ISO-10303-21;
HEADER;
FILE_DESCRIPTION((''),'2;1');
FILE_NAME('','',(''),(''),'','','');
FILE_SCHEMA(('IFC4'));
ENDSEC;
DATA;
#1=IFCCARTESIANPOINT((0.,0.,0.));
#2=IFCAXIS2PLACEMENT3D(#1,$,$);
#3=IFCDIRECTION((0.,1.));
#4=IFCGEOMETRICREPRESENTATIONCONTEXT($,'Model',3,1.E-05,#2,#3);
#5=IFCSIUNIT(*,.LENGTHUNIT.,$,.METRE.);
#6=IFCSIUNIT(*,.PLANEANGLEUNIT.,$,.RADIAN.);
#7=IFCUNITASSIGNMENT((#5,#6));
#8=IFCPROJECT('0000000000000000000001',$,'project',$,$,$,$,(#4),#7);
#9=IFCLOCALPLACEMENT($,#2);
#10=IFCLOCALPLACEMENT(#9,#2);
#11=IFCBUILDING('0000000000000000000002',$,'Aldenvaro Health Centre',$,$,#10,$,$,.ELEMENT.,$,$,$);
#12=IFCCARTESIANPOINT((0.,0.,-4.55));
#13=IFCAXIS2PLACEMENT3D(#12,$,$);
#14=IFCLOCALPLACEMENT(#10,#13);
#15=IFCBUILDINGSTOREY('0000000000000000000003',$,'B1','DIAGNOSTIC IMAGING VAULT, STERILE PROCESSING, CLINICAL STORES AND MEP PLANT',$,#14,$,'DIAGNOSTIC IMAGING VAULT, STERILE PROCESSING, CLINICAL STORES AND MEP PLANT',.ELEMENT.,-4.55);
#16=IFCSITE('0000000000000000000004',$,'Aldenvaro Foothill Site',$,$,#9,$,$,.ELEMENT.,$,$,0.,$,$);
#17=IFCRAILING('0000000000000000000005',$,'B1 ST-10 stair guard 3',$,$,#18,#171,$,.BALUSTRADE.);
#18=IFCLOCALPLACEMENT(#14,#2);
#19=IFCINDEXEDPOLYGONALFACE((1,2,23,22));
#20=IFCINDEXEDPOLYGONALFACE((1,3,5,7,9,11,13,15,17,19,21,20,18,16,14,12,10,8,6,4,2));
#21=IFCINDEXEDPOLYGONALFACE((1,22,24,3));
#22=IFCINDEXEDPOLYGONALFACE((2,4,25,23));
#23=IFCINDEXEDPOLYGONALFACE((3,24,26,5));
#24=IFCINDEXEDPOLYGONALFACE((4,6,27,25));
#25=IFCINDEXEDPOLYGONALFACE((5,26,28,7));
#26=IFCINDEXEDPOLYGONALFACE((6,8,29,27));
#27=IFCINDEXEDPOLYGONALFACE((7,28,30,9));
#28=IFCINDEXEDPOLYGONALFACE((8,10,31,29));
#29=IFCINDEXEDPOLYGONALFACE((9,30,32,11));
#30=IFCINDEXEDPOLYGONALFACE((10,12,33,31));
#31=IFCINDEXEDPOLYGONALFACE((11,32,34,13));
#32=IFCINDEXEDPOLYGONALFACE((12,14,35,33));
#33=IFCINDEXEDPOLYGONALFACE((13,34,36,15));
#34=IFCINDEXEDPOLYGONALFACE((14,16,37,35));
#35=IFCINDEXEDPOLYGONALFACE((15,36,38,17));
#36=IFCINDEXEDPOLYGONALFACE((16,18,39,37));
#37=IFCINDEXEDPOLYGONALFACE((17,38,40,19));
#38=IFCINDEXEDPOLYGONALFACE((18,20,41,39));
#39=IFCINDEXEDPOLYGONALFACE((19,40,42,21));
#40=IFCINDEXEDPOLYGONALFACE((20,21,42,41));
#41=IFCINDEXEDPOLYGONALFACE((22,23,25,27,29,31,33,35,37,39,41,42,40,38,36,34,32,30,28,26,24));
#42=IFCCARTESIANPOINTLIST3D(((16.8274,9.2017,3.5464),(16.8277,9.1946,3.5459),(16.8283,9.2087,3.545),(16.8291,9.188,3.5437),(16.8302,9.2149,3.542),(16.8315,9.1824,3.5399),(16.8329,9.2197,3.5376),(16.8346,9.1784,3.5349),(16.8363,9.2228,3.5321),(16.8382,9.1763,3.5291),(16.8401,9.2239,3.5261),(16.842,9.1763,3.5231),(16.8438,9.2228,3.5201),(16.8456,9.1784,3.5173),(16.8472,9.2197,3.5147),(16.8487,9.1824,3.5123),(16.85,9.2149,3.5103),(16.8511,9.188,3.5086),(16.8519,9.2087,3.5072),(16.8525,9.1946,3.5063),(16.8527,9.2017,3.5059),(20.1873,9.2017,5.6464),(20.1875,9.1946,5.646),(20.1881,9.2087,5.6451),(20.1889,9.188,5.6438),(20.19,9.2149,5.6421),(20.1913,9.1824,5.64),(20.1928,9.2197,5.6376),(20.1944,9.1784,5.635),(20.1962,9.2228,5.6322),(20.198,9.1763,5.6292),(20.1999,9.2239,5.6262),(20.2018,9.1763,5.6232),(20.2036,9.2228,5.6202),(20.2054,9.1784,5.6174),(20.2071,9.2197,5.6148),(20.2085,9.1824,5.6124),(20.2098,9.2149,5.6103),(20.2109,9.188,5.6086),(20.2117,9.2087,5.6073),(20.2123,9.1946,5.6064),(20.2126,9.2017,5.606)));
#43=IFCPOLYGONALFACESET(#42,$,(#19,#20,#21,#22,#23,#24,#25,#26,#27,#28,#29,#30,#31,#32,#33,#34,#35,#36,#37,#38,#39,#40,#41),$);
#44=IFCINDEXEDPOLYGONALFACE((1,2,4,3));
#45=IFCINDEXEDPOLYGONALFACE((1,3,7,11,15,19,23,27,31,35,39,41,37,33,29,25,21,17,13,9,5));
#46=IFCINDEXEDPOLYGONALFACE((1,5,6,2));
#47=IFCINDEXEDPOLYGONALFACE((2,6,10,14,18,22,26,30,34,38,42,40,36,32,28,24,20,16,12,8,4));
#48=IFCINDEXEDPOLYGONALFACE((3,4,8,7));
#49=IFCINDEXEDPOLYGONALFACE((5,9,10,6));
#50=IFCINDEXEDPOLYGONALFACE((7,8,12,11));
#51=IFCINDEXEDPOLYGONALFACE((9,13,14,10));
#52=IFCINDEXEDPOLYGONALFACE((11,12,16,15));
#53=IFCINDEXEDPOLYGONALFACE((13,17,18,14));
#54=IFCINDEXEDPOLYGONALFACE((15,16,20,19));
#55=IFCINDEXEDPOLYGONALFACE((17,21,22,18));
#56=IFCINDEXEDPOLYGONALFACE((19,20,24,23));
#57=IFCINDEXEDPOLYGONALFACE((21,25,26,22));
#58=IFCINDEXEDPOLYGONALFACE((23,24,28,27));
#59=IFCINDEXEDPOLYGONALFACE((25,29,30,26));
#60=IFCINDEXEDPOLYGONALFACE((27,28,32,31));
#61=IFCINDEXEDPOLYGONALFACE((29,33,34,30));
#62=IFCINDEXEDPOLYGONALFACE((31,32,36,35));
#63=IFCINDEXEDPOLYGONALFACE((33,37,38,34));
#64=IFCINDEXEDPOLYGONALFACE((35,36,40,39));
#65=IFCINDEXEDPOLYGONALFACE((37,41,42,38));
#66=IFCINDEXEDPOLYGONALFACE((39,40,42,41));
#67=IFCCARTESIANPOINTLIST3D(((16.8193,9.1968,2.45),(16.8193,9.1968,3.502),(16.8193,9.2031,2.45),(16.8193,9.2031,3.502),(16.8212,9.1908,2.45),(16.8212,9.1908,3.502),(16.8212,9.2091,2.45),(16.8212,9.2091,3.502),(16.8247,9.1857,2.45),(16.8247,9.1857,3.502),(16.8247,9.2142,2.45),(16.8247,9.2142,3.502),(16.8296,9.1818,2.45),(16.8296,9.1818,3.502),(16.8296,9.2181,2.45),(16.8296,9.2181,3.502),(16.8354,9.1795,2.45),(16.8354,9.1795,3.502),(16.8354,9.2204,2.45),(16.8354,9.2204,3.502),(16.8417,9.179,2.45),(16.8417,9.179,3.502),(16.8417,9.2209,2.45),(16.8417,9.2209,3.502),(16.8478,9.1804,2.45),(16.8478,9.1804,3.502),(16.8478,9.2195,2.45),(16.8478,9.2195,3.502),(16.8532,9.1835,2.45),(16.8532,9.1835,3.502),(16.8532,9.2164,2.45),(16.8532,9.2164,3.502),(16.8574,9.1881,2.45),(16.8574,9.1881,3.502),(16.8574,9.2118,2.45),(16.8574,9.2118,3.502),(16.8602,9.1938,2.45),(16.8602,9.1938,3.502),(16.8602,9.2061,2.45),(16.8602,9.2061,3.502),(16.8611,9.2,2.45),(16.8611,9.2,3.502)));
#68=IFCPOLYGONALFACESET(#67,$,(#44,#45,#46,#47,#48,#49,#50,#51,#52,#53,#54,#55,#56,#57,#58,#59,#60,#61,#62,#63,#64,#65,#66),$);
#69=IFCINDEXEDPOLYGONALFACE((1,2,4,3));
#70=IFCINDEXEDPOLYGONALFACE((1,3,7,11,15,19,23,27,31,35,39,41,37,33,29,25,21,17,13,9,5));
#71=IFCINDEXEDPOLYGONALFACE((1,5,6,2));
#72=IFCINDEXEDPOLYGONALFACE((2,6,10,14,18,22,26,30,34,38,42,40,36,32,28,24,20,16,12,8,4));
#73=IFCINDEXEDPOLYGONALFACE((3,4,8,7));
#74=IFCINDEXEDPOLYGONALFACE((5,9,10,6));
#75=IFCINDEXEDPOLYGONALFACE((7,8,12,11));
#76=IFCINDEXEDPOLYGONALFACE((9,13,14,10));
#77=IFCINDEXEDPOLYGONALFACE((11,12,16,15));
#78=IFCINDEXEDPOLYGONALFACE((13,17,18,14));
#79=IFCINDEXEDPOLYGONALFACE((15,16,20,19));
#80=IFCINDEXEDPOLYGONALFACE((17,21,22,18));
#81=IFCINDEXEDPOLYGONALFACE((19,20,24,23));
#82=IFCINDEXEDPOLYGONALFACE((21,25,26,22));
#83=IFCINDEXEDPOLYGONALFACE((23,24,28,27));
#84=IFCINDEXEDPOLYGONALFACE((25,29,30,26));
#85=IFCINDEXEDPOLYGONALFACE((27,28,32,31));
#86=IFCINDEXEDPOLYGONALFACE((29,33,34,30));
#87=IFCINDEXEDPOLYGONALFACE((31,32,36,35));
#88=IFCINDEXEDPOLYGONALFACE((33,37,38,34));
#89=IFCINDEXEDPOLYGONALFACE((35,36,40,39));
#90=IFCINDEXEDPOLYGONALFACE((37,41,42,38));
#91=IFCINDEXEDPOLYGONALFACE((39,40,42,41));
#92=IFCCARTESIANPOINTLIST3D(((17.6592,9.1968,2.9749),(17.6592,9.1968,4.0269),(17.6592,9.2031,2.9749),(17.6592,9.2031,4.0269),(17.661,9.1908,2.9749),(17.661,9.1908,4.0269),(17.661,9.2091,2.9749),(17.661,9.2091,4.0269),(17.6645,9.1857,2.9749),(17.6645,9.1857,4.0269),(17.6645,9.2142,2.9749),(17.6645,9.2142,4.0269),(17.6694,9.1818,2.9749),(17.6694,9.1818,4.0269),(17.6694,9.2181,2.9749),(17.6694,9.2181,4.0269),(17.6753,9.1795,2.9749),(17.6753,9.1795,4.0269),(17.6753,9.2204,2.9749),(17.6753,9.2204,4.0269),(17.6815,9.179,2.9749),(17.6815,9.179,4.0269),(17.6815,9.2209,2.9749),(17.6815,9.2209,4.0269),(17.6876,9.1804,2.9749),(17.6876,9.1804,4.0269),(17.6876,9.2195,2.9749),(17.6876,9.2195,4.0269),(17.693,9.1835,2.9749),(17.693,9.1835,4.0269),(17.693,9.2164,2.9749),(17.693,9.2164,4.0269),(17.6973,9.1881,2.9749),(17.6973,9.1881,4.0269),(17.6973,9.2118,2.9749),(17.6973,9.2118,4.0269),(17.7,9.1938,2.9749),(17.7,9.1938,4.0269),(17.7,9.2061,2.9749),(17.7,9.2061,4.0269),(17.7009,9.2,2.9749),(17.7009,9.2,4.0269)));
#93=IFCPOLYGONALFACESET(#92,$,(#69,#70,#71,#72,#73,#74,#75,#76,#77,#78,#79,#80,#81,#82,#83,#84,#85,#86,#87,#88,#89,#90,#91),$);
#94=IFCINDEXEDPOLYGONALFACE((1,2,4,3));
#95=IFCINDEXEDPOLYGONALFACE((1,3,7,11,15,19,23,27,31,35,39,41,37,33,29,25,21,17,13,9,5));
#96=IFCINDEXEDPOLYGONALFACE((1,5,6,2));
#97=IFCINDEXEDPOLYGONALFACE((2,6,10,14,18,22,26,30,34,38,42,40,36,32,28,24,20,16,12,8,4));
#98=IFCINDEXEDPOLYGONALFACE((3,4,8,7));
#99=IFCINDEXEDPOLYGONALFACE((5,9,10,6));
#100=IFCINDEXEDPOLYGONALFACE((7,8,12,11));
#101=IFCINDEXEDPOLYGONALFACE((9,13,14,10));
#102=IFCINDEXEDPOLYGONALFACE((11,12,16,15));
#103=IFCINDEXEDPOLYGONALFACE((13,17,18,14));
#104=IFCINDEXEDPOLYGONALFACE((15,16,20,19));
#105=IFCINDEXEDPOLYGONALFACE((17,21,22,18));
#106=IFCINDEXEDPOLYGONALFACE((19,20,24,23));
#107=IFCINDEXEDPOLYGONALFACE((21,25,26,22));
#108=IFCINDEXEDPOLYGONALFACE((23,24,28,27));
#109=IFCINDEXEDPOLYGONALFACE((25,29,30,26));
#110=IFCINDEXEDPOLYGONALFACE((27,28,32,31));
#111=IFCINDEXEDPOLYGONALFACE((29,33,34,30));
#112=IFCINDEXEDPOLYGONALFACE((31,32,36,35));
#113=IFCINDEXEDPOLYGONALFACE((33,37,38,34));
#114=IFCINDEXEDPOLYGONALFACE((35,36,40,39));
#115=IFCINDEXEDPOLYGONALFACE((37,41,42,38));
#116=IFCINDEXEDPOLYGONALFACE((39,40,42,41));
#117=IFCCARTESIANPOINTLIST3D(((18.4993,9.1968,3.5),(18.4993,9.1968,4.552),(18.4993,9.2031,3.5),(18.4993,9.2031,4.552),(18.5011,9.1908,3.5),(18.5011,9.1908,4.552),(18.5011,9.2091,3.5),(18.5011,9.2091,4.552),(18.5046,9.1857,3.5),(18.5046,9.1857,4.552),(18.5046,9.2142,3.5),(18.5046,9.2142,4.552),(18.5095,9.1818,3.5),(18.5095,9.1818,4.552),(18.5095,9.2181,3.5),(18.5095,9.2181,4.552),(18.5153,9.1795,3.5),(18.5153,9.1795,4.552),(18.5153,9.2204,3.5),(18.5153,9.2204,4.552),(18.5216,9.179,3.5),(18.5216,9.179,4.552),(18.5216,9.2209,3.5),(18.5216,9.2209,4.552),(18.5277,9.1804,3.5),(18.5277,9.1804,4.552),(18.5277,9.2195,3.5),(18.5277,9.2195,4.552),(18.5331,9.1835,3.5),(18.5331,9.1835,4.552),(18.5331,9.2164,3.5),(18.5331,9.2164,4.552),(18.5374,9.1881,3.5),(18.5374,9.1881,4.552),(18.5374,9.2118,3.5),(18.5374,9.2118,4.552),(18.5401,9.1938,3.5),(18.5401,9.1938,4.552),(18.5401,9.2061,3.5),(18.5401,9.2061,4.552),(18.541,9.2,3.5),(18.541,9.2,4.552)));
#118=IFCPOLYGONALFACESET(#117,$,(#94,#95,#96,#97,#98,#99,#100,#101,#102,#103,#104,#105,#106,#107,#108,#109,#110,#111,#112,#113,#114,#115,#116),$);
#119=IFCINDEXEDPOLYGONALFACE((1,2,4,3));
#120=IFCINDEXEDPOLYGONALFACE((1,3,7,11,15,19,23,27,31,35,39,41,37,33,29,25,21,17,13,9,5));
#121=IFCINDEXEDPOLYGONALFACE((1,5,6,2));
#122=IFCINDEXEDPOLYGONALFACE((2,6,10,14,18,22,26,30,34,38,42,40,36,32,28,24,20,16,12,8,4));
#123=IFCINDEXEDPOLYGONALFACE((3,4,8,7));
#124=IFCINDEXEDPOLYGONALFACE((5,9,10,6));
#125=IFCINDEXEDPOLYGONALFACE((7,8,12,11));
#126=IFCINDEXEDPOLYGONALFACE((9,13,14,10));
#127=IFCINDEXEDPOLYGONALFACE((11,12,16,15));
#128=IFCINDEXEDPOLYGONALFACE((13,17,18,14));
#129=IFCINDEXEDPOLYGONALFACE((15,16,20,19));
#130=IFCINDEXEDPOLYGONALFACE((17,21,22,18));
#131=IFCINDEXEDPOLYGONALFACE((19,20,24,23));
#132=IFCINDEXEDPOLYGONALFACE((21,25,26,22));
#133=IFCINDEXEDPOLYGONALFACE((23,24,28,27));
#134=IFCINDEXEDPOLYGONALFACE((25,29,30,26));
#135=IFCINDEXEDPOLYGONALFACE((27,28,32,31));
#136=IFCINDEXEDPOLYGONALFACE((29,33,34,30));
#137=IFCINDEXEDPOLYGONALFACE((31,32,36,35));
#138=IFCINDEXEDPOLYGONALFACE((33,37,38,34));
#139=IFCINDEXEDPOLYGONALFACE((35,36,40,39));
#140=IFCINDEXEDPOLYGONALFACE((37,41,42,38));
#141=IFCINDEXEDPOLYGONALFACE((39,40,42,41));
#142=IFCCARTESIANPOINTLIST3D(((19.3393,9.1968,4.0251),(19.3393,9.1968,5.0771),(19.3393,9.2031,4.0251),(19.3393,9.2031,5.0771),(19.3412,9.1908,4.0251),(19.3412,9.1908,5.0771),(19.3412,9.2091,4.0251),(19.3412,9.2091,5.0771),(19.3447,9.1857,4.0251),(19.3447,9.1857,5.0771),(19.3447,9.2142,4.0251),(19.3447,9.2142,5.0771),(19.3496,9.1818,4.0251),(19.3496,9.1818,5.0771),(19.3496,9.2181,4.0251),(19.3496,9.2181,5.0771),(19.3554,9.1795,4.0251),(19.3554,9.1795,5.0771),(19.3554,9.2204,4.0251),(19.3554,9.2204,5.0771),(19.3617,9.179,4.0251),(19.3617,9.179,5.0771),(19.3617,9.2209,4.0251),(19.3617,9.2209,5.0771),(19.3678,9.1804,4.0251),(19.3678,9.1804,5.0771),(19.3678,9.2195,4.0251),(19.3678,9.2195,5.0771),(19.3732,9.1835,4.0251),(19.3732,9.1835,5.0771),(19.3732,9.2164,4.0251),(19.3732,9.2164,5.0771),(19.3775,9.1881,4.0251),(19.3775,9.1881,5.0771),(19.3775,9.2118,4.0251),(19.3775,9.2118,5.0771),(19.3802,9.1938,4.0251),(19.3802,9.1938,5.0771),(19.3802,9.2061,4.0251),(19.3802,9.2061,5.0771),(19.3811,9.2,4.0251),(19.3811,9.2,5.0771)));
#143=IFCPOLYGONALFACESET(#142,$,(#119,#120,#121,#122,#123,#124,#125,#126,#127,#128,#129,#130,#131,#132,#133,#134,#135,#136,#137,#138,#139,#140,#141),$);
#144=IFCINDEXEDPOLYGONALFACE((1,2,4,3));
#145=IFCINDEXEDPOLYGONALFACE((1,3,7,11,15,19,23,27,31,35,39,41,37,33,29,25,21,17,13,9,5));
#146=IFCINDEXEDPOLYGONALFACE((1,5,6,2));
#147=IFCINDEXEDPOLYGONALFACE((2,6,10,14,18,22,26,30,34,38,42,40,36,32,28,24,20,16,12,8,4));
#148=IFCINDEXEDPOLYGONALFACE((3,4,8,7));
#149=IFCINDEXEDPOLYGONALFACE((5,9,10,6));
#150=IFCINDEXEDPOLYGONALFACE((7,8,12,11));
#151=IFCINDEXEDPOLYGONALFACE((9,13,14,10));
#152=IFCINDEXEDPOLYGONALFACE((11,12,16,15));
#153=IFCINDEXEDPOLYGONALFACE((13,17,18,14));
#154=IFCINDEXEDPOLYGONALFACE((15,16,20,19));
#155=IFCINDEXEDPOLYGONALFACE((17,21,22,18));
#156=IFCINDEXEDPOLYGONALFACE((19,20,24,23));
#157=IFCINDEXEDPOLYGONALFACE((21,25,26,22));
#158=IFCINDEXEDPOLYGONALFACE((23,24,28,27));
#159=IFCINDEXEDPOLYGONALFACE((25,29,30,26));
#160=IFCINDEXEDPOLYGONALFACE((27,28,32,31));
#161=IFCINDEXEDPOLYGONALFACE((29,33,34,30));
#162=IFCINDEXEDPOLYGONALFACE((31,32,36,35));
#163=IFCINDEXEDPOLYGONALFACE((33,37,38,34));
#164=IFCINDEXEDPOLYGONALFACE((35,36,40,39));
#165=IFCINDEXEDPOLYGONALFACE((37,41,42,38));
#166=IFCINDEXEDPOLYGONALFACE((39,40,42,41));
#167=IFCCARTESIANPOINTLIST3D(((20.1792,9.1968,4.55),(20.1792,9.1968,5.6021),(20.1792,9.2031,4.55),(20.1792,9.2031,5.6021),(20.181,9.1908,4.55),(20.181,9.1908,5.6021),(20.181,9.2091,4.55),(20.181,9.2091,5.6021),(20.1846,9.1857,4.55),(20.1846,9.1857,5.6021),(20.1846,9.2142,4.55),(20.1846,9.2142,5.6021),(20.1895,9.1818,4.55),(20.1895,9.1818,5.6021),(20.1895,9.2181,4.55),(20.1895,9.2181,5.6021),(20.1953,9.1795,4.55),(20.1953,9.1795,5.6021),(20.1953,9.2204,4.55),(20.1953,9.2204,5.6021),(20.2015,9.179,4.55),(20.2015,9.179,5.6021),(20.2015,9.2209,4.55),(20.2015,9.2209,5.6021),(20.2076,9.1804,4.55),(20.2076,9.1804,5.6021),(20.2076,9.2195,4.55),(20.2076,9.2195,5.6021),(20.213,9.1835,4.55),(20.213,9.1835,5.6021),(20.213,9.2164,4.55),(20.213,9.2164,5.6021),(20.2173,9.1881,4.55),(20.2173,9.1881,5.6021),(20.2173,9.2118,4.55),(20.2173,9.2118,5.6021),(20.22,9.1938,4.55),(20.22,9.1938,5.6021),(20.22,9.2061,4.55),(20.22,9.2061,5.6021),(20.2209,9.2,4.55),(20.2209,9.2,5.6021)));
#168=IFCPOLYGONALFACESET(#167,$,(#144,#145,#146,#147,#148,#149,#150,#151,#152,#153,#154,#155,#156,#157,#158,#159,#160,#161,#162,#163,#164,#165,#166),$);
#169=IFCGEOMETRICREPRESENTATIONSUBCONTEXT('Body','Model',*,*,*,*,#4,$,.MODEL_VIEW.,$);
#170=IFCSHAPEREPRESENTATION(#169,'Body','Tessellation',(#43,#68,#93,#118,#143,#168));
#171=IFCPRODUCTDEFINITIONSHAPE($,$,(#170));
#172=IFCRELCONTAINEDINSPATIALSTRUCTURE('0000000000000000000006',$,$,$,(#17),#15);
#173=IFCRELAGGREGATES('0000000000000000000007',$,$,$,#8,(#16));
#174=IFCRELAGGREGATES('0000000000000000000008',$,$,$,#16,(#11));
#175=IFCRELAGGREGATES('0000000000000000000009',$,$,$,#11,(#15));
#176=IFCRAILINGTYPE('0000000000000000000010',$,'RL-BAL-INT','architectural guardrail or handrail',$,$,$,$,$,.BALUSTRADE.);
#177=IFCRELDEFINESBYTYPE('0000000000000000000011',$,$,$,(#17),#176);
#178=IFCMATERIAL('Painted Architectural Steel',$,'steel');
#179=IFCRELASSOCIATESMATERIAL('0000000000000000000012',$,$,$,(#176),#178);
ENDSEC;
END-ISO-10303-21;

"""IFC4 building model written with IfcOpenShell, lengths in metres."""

from ifc_helpers import new_model, si_unit, direction, frame, origin, origin_2d, place, context, subcontext, project, spatial, circle, extrude, material, type_object, element, save


model = new_model("IFC4")

# Units and contexts
model_context = context("Model", 3, precision=1e-05, world=origin(), true_north=direction((0.0, 1.0)))
body_context = subcontext(model_context, "Body", "Model", "MODEL_VIEW")
ifc_project = project(units=[si_unit("LENGTHUNIT", "METRE"), si_unit("PLANEANGLEUNIT", "RADIAN")], contexts=[model_context])

# Site, building, storey
site_placement = place(None, origin())
site = spatial("IfcSite", under=ifc_project, at=site_placement, Name="Aldenvaro Foothill Site", CompositionType="ELEMENT", RefElevation=0.0)
building_placement = place(site_placement, origin())
building = spatial("IfcBuilding", under=site, at=building_placement, Name="Aldenvaro Health Centre", CompositionType="ELEMENT")
storey_placement = place(building_placement, frame((0.0, 0.0, -4.55)))
storey = spatial("IfcBuildingStorey", under=building, at=storey_placement, Name="B1", Description="DIAGNOSTIC IMAGING VAULT, STERILE PROCESSING, CLINICAL STORES AND MEP PLANT", LongName="DIAGNOSTIC IMAGING VAULT, STERILE PROCESSING, CLINICAL STORES AND MEP PLANT", CompositionType="ELEMENT", Elevation=-4.55)

# Railing
ifc_material_1 = material(Name="Painted Architectural Steel", Category="steel")
railing_type_1 = type_object("IfcRailingType", Name="RL-BAL-INT", Description="architectural guardrail or handrail", PredefinedType="BALUSTRADE", material=ifc_material_1)
railing_1_placement = place(storey_placement, frame((16.8401, 9.2, 2.45)))
element("IfcRailing", 1, at=railing_1_placement, inside=storey, type_object=railing_type_1, Name="B1 ST-10 stair guard 3", PredefinedType="BALUSTRADE", context=body_context, shape_type="SweptSolid", body=[
    extrude(circle(Radius=0.0239, at=origin_2d()), frame((0.0, 0.0, 1.0762), z_axis=(0.847978, 0.0, 0.530032), x_axis=(0.0, 1.0, 0.0)), (0.0, 0.0, 1.0), 3.9622),
    extrude(circle(Radius=0.021, at=origin_2d()), origin(), (0.0, 0.0, 1.0), 1.052),
    extrude(circle(Radius=0.021, at=origin_2d()), frame((0.8398, 0.0, 0.5249)), (0.0, 0.0, 1.0), 1.052),
    extrude(circle(Radius=0.021, at=origin_2d()), frame((1.6799, 0.0, 1.05)), (0.0, 0.0, 1.0), 1.052),
    extrude(circle(Radius=0.021, at=origin_2d()), frame((2.52, 0.0, 1.5752)), (0.0, 0.0, 1.0), 1.052),
    extrude(circle(Radius=0.021, at=origin_2d()), frame((3.3599, 0.0, 2.1001)), (0.0, 0.0, 1.0), 1.052),
])

save(model, "model.ifc")
